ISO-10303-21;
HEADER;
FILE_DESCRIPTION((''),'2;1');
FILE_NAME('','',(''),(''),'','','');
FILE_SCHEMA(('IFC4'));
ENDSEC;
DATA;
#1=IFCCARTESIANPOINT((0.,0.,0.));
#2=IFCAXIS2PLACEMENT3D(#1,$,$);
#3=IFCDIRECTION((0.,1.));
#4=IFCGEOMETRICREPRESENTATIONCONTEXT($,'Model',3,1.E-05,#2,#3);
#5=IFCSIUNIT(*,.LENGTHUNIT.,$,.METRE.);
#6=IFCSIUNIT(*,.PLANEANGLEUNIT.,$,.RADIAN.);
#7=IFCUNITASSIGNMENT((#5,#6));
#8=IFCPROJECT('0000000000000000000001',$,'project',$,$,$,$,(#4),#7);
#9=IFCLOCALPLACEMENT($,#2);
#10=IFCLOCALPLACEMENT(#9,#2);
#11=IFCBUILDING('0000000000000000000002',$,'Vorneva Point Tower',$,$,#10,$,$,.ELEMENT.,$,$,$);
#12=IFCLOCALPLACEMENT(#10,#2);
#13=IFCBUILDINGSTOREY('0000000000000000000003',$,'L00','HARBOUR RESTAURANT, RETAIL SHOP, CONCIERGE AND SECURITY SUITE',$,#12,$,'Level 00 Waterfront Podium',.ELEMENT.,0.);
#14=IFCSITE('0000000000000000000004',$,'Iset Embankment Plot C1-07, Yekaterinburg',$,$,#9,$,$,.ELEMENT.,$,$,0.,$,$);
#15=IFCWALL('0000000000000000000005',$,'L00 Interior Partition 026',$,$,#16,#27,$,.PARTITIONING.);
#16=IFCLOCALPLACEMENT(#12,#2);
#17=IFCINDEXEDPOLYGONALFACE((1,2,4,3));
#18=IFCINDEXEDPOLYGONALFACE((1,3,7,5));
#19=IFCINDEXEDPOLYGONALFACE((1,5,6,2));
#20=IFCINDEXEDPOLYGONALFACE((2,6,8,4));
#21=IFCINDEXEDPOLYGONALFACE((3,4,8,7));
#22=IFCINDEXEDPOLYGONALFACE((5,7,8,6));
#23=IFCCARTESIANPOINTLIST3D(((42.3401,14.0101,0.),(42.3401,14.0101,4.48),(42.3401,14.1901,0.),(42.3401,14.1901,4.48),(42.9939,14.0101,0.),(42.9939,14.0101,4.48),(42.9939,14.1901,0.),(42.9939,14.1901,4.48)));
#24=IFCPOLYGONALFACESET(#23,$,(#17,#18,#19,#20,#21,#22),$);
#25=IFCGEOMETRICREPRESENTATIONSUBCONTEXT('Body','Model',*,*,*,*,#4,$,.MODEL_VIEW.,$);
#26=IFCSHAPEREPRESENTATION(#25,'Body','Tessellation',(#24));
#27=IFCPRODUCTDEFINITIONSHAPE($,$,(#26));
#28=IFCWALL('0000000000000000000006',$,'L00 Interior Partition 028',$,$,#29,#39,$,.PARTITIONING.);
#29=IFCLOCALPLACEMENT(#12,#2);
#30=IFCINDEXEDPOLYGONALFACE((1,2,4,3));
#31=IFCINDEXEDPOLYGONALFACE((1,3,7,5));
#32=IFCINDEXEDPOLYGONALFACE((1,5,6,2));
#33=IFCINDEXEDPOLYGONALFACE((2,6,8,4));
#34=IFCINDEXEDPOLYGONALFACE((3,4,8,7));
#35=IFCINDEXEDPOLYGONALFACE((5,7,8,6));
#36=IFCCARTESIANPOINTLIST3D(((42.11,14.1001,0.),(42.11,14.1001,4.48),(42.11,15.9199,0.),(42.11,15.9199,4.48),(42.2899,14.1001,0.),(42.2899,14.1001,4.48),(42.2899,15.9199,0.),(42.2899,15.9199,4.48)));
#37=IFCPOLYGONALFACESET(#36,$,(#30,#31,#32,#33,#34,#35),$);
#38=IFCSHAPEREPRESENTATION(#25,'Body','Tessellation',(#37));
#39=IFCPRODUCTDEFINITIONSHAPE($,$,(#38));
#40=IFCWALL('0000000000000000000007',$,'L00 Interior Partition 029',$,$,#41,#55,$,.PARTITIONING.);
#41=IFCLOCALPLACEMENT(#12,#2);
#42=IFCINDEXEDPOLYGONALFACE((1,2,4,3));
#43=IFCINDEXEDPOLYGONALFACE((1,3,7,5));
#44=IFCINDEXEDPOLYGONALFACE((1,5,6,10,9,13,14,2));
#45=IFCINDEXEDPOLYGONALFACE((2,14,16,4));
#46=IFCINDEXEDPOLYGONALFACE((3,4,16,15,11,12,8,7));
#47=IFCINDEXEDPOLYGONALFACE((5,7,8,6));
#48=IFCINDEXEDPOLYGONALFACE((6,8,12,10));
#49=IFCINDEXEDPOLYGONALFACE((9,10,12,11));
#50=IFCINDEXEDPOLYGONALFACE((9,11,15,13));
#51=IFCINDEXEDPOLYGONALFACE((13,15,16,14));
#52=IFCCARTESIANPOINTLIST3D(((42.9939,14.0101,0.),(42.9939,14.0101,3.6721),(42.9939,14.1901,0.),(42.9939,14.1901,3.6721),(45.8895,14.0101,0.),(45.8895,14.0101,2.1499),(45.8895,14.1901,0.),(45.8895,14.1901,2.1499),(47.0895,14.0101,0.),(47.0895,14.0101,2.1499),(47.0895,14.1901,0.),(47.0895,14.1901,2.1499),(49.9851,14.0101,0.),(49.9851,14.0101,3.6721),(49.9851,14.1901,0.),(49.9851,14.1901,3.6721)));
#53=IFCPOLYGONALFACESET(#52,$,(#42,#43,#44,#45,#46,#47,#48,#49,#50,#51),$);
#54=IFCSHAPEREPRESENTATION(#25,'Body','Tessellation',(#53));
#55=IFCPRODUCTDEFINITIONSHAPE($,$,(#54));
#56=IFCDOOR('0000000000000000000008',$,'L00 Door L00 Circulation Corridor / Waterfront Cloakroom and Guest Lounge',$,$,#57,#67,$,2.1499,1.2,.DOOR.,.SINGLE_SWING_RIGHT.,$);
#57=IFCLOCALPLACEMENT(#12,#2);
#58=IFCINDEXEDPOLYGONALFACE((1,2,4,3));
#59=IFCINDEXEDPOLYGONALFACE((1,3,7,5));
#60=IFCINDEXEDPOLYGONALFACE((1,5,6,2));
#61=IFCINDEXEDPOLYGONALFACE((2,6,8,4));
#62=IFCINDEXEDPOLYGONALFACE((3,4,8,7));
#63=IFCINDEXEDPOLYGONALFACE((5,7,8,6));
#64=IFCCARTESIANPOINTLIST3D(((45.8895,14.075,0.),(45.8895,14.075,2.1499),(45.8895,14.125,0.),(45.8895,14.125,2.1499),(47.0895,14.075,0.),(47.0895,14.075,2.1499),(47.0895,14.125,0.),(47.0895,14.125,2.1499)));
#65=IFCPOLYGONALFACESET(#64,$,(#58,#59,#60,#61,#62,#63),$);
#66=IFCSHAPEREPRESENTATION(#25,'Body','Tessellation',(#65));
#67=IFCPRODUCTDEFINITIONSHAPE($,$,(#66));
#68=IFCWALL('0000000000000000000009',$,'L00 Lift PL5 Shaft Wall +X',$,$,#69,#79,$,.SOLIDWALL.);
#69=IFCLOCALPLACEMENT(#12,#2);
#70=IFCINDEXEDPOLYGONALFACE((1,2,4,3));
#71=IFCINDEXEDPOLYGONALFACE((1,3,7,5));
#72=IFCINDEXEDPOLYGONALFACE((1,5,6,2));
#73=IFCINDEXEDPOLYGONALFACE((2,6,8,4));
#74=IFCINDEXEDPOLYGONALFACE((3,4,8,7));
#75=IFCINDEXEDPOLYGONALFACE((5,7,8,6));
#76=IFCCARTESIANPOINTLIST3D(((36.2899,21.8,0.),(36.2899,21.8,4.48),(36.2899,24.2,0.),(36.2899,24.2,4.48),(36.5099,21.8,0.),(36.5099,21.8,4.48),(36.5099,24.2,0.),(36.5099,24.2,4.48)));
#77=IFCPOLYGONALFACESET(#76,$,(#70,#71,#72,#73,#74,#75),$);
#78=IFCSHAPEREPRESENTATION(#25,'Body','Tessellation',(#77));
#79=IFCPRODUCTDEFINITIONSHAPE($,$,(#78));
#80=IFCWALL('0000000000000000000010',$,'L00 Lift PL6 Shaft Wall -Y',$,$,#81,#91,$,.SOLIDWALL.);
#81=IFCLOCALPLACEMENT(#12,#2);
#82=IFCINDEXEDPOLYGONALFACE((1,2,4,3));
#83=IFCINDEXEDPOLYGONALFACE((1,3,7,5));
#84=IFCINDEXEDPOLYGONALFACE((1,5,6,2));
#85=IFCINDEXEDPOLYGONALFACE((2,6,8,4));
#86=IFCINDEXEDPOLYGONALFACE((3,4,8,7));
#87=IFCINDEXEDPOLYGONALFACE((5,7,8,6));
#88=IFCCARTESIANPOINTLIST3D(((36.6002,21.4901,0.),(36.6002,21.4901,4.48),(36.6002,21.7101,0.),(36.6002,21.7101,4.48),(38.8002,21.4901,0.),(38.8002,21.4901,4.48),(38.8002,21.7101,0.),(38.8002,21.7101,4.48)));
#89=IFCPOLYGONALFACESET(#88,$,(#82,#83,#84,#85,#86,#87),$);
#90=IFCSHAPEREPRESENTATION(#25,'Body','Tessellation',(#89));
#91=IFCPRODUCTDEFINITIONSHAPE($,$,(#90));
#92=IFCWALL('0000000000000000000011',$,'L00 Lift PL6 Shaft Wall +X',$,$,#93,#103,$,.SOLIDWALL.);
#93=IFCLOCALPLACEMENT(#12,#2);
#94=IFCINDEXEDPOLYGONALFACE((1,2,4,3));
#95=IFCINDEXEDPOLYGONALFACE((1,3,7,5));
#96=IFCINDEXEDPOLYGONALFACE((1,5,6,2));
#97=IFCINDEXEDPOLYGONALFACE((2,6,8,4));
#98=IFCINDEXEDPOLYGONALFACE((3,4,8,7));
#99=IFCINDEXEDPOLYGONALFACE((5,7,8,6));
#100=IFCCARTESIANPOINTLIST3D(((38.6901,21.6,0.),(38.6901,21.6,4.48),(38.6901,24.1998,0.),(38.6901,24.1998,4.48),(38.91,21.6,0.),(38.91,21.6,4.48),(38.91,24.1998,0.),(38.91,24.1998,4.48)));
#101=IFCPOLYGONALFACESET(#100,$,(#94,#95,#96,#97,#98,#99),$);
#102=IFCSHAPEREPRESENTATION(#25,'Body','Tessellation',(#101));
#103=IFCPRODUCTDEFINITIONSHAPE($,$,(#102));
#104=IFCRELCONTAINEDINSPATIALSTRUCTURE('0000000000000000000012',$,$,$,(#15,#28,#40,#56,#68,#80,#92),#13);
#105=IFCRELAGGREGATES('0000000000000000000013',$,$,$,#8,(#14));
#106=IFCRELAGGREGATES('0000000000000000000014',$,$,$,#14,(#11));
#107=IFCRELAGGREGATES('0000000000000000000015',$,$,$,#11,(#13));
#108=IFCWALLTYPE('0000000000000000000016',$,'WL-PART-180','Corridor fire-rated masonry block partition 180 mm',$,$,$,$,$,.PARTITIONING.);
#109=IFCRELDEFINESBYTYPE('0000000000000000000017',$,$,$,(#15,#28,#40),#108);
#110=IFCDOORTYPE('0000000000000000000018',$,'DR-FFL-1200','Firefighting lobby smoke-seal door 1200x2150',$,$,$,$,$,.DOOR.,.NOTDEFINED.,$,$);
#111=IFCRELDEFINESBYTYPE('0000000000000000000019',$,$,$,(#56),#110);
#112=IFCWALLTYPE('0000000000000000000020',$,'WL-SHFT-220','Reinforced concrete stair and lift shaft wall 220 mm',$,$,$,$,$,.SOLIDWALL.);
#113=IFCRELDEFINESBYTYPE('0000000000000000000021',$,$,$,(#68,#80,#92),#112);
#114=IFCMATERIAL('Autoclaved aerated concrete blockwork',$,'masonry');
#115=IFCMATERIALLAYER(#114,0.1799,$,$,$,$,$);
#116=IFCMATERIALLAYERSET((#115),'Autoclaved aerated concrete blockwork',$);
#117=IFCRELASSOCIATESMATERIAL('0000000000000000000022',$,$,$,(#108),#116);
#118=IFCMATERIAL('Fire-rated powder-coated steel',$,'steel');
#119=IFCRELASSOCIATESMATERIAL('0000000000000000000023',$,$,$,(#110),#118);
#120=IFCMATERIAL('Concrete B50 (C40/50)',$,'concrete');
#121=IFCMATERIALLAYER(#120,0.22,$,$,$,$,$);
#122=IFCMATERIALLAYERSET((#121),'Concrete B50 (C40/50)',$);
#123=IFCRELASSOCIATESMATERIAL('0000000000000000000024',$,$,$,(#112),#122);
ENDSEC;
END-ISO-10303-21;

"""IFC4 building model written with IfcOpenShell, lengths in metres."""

from ifc_helpers import new_model, si_unit, direction, frame, frame_2d, origin, place, context, subcontext, project, spatial, rectangle, extrude, material, layer, layer_set, type_object, element, fill, save


model = new_model("IFC4")

# Units and contexts
model_context = context("Model", 3, precision=1e-05, world=origin(), true_north=direction((0.0, 1.0)))
body_context = subcontext(model_context, "Body", "Model", "MODEL_VIEW")
ifc_project = project(units=[si_unit("LENGTHUNIT", "METRE"), si_unit("PLANEANGLEUNIT", "RADIAN")], contexts=[model_context])

# Site, building, storey
site_placement = place(None, origin())
site = spatial("IfcSite", under=ifc_project, at=site_placement, Name="Iset Embankment Plot C1-07, Yekaterinburg", CompositionType="ELEMENT", RefElevation=0.0)
building_placement = place(site_placement, origin())
building = spatial("IfcBuilding", under=site, at=building_placement, Name="Vorneva Point Tower", CompositionType="ELEMENT")
storey_placement = place(building_placement, origin())
storey = spatial("IfcBuildingStorey", under=building, at=storey_placement, Name="L00", Description="HARBOUR RESTAURANT, RETAIL SHOP, CONCIERGE AND SECURITY SUITE", LongName="Level 00 Waterfront Podium", CompositionType="ELEMENT", Elevation=0.0)

# Shared definitions
ifc_material_1 = material(Name="Autoclaved aerated concrete blockwork", Category="masonry")
ifc_layer_1 = layer(ifc_material_1, 0.1799)
ifc_layer_set_1 = layer_set([ifc_layer_1], Name="Autoclaved aerated concrete blockwork")
wall_type_1 = type_object("IfcWallType", Name="WL-PART-180", Description="Corridor fire-rated masonry block partition 180 mm", PredefinedType="PARTITIONING", material=ifc_layer_set_1)
ifc_material_2 = material(Name="Fire-rated powder-coated steel", Category="steel")
door_type_1 = type_object("IfcDoorType", Name="DR-FFL-1200", Description="Firefighting lobby smoke-seal door 1200x2150", OperationType="NOTDEFINED", PredefinedType="DOOR", material=ifc_material_2)

# Wall
wall_1_placement = place(storey_placement, frame((42.3401, 14.1001, 0.0), z_axis=(0.0, 0.0, 1.0), x_axis=(1.0, 0.0, 0.0)))
element("IfcWall", 1, at=wall_1_placement, inside=storey, type_object=wall_type_1, Name="L00 Interior Partition 026", PredefinedType="PARTITIONING", context=body_context, shape_type="SweptSolid", body=[
    extrude(rectangle(XDim=0.6538, YDim=0.1799, at=frame_2d((0.3269, 0.0))), origin(), (0.0, 0.0, 1.0), 4.48),
])

# Wall
wall_2_placement = place(storey_placement, frame((42.2, 14.1001, 0.0), z_axis=(0.0, 0.0, 1.0), x_axis=(0.0, 1.0, 0.0)))
element("IfcWall", 2, at=wall_2_placement, inside=storey, type_object=wall_type_1, Name="L00 Interior Partition 028", PredefinedType="PARTITIONING", context=body_context, shape_type="SweptSolid", body=[
    extrude(rectangle(XDim=1.8198, YDim=0.1799, at=frame_2d((0.9099, 0.0))), origin(), (0.0, 0.0, 1.0), 4.48),
])

# Wall, opening, door
wall_3_placement = place(storey_placement, frame((42.9939, 14.1001, 0.0), z_axis=(0.0, 0.0, 1.0), x_axis=(1.0, 0.0, 0.0)))
wall_3 = element("IfcWall", 3, at=wall_3_placement, inside=storey, type_object=wall_type_1, Name="L00 Interior Partition 029", PredefinedType="PARTITIONING", context=body_context, shape_type="SweptSolid", body=[
    extrude(rectangle(XDim=6.9912, YDim=0.1799, at=frame_2d((3.4956, 0.0))), origin(), (0.0, 0.0, 1.0), 3.6721),
])
opening_1_placement = place(wall_3_placement, frame((2.8955, 0.0, 0.0)))
opening_1 = element("IfcOpeningElement", 4, at=opening_1_placement, cuts=wall_3, PredefinedType="OPENING", context=body_context, shape_type="SweptSolid", body=[
    extrude(rectangle(XDim=1.2, YDim=2.1499, at=frame_2d((0.6001, 1.075))), frame((0.0, 0.105, 0.0), z_axis=(0.0, -1.0, 0.0), x_axis=(1.0, 0.0, 0.0)), (0.0, 0.0, 1.0), 0.2097),
])
door_1_placement = place(opening_1_placement, origin())
door_1 = element("IfcDoor", 5, at=door_1_placement, inside=storey, type_object=door_type_1, Name="L00 Door L00 Circulation Corridor / Waterfront Cloakroom and Guest Lounge", OperationType="SINGLE_SWING_RIGHT", OverallHeight=2.1499, OverallWidth=1.2, PredefinedType="DOOR", context=body_context, shape_type="SweptSolid", body=[
    extrude(rectangle(XDim=1.2, YDim=2.1499, at=frame_2d((0.6001, 1.075))), frame((0.0, 0.0249, 0.0), z_axis=(0.0, -1.0, 0.0), x_axis=(1.0, 0.0, 0.0)), (0.0, 0.0, 1.0), 0.05),
])
fill(opening_1, door_1)

# Walls
ifc_material_3 = material(Name="Concrete B50 (C40/50)", Category="concrete")
ifc_layer_2 = layer(ifc_material_3, 0.22)
ifc_layer_set_2 = layer_set([ifc_layer_2], Name="Concrete B50 (C40/50)")
wall_type_2 = type_object("IfcWallType", Name="WL-SHFT-220", Description="Reinforced concrete stair and lift shaft wall 220 mm", PredefinedType="SOLIDWALL", material=ifc_layer_set_2)
wall_4_placement = place(storey_placement, frame((36.3999, 21.8, 0.0), z_axis=(0.0, 0.0, 1.0), x_axis=(0.0, 1.0, 0.0)))
element("IfcWall", 6, at=wall_4_placement, inside=storey, type_object=wall_type_2, Name="L00 Lift PL5 Shaft Wall +X", PredefinedType="SOLIDWALL", context=body_context, shape_type="SweptSolid", body=[
    extrude(rectangle(XDim=2.3999, YDim=0.22, at=frame_2d((1.2, 0.0))), origin(), (0.0, 0.0, 1.0), 4.48),
])
wall_5_placement = place(storey_placement, frame((36.6001, 21.6001, 0.0), z_axis=(0.0, 0.0, 1.0), x_axis=(1.0, 0.0, 0.0)))
element("IfcWall", 7, at=wall_5_placement, inside=storey, type_object=wall_type_2, Name="L00 Lift PL6 Shaft Wall -Y", PredefinedType="SOLIDWALL", context=body_context, shape_type="SweptSolid", body=[
    extrude(rectangle(XDim=2.2, YDim=0.22, at=frame_2d((1.1001, 0.0))), origin(), (0.0, 0.0, 1.0), 4.48),
])
wall_6_placement = place(storey_placement, frame((38.8, 21.6001, 0.0), z_axis=(0.0, 0.0, 1.0), x_axis=(0.0, 1.0, 0.0)))
element("IfcWall", 8, at=wall_6_placement, inside=storey, type_object=wall_type_2, Name="L00 Lift PL6 Shaft Wall +X", PredefinedType="SOLIDWALL", context=body_context, shape_type="SweptSolid", body=[
    extrude(rectangle(XDim=2.5999, YDim=0.22, at=frame_2d((1.2998, 0.0))), origin(), (0.0, 0.0, 1.0), 4.48),
])

save(model, "model.ifc")
